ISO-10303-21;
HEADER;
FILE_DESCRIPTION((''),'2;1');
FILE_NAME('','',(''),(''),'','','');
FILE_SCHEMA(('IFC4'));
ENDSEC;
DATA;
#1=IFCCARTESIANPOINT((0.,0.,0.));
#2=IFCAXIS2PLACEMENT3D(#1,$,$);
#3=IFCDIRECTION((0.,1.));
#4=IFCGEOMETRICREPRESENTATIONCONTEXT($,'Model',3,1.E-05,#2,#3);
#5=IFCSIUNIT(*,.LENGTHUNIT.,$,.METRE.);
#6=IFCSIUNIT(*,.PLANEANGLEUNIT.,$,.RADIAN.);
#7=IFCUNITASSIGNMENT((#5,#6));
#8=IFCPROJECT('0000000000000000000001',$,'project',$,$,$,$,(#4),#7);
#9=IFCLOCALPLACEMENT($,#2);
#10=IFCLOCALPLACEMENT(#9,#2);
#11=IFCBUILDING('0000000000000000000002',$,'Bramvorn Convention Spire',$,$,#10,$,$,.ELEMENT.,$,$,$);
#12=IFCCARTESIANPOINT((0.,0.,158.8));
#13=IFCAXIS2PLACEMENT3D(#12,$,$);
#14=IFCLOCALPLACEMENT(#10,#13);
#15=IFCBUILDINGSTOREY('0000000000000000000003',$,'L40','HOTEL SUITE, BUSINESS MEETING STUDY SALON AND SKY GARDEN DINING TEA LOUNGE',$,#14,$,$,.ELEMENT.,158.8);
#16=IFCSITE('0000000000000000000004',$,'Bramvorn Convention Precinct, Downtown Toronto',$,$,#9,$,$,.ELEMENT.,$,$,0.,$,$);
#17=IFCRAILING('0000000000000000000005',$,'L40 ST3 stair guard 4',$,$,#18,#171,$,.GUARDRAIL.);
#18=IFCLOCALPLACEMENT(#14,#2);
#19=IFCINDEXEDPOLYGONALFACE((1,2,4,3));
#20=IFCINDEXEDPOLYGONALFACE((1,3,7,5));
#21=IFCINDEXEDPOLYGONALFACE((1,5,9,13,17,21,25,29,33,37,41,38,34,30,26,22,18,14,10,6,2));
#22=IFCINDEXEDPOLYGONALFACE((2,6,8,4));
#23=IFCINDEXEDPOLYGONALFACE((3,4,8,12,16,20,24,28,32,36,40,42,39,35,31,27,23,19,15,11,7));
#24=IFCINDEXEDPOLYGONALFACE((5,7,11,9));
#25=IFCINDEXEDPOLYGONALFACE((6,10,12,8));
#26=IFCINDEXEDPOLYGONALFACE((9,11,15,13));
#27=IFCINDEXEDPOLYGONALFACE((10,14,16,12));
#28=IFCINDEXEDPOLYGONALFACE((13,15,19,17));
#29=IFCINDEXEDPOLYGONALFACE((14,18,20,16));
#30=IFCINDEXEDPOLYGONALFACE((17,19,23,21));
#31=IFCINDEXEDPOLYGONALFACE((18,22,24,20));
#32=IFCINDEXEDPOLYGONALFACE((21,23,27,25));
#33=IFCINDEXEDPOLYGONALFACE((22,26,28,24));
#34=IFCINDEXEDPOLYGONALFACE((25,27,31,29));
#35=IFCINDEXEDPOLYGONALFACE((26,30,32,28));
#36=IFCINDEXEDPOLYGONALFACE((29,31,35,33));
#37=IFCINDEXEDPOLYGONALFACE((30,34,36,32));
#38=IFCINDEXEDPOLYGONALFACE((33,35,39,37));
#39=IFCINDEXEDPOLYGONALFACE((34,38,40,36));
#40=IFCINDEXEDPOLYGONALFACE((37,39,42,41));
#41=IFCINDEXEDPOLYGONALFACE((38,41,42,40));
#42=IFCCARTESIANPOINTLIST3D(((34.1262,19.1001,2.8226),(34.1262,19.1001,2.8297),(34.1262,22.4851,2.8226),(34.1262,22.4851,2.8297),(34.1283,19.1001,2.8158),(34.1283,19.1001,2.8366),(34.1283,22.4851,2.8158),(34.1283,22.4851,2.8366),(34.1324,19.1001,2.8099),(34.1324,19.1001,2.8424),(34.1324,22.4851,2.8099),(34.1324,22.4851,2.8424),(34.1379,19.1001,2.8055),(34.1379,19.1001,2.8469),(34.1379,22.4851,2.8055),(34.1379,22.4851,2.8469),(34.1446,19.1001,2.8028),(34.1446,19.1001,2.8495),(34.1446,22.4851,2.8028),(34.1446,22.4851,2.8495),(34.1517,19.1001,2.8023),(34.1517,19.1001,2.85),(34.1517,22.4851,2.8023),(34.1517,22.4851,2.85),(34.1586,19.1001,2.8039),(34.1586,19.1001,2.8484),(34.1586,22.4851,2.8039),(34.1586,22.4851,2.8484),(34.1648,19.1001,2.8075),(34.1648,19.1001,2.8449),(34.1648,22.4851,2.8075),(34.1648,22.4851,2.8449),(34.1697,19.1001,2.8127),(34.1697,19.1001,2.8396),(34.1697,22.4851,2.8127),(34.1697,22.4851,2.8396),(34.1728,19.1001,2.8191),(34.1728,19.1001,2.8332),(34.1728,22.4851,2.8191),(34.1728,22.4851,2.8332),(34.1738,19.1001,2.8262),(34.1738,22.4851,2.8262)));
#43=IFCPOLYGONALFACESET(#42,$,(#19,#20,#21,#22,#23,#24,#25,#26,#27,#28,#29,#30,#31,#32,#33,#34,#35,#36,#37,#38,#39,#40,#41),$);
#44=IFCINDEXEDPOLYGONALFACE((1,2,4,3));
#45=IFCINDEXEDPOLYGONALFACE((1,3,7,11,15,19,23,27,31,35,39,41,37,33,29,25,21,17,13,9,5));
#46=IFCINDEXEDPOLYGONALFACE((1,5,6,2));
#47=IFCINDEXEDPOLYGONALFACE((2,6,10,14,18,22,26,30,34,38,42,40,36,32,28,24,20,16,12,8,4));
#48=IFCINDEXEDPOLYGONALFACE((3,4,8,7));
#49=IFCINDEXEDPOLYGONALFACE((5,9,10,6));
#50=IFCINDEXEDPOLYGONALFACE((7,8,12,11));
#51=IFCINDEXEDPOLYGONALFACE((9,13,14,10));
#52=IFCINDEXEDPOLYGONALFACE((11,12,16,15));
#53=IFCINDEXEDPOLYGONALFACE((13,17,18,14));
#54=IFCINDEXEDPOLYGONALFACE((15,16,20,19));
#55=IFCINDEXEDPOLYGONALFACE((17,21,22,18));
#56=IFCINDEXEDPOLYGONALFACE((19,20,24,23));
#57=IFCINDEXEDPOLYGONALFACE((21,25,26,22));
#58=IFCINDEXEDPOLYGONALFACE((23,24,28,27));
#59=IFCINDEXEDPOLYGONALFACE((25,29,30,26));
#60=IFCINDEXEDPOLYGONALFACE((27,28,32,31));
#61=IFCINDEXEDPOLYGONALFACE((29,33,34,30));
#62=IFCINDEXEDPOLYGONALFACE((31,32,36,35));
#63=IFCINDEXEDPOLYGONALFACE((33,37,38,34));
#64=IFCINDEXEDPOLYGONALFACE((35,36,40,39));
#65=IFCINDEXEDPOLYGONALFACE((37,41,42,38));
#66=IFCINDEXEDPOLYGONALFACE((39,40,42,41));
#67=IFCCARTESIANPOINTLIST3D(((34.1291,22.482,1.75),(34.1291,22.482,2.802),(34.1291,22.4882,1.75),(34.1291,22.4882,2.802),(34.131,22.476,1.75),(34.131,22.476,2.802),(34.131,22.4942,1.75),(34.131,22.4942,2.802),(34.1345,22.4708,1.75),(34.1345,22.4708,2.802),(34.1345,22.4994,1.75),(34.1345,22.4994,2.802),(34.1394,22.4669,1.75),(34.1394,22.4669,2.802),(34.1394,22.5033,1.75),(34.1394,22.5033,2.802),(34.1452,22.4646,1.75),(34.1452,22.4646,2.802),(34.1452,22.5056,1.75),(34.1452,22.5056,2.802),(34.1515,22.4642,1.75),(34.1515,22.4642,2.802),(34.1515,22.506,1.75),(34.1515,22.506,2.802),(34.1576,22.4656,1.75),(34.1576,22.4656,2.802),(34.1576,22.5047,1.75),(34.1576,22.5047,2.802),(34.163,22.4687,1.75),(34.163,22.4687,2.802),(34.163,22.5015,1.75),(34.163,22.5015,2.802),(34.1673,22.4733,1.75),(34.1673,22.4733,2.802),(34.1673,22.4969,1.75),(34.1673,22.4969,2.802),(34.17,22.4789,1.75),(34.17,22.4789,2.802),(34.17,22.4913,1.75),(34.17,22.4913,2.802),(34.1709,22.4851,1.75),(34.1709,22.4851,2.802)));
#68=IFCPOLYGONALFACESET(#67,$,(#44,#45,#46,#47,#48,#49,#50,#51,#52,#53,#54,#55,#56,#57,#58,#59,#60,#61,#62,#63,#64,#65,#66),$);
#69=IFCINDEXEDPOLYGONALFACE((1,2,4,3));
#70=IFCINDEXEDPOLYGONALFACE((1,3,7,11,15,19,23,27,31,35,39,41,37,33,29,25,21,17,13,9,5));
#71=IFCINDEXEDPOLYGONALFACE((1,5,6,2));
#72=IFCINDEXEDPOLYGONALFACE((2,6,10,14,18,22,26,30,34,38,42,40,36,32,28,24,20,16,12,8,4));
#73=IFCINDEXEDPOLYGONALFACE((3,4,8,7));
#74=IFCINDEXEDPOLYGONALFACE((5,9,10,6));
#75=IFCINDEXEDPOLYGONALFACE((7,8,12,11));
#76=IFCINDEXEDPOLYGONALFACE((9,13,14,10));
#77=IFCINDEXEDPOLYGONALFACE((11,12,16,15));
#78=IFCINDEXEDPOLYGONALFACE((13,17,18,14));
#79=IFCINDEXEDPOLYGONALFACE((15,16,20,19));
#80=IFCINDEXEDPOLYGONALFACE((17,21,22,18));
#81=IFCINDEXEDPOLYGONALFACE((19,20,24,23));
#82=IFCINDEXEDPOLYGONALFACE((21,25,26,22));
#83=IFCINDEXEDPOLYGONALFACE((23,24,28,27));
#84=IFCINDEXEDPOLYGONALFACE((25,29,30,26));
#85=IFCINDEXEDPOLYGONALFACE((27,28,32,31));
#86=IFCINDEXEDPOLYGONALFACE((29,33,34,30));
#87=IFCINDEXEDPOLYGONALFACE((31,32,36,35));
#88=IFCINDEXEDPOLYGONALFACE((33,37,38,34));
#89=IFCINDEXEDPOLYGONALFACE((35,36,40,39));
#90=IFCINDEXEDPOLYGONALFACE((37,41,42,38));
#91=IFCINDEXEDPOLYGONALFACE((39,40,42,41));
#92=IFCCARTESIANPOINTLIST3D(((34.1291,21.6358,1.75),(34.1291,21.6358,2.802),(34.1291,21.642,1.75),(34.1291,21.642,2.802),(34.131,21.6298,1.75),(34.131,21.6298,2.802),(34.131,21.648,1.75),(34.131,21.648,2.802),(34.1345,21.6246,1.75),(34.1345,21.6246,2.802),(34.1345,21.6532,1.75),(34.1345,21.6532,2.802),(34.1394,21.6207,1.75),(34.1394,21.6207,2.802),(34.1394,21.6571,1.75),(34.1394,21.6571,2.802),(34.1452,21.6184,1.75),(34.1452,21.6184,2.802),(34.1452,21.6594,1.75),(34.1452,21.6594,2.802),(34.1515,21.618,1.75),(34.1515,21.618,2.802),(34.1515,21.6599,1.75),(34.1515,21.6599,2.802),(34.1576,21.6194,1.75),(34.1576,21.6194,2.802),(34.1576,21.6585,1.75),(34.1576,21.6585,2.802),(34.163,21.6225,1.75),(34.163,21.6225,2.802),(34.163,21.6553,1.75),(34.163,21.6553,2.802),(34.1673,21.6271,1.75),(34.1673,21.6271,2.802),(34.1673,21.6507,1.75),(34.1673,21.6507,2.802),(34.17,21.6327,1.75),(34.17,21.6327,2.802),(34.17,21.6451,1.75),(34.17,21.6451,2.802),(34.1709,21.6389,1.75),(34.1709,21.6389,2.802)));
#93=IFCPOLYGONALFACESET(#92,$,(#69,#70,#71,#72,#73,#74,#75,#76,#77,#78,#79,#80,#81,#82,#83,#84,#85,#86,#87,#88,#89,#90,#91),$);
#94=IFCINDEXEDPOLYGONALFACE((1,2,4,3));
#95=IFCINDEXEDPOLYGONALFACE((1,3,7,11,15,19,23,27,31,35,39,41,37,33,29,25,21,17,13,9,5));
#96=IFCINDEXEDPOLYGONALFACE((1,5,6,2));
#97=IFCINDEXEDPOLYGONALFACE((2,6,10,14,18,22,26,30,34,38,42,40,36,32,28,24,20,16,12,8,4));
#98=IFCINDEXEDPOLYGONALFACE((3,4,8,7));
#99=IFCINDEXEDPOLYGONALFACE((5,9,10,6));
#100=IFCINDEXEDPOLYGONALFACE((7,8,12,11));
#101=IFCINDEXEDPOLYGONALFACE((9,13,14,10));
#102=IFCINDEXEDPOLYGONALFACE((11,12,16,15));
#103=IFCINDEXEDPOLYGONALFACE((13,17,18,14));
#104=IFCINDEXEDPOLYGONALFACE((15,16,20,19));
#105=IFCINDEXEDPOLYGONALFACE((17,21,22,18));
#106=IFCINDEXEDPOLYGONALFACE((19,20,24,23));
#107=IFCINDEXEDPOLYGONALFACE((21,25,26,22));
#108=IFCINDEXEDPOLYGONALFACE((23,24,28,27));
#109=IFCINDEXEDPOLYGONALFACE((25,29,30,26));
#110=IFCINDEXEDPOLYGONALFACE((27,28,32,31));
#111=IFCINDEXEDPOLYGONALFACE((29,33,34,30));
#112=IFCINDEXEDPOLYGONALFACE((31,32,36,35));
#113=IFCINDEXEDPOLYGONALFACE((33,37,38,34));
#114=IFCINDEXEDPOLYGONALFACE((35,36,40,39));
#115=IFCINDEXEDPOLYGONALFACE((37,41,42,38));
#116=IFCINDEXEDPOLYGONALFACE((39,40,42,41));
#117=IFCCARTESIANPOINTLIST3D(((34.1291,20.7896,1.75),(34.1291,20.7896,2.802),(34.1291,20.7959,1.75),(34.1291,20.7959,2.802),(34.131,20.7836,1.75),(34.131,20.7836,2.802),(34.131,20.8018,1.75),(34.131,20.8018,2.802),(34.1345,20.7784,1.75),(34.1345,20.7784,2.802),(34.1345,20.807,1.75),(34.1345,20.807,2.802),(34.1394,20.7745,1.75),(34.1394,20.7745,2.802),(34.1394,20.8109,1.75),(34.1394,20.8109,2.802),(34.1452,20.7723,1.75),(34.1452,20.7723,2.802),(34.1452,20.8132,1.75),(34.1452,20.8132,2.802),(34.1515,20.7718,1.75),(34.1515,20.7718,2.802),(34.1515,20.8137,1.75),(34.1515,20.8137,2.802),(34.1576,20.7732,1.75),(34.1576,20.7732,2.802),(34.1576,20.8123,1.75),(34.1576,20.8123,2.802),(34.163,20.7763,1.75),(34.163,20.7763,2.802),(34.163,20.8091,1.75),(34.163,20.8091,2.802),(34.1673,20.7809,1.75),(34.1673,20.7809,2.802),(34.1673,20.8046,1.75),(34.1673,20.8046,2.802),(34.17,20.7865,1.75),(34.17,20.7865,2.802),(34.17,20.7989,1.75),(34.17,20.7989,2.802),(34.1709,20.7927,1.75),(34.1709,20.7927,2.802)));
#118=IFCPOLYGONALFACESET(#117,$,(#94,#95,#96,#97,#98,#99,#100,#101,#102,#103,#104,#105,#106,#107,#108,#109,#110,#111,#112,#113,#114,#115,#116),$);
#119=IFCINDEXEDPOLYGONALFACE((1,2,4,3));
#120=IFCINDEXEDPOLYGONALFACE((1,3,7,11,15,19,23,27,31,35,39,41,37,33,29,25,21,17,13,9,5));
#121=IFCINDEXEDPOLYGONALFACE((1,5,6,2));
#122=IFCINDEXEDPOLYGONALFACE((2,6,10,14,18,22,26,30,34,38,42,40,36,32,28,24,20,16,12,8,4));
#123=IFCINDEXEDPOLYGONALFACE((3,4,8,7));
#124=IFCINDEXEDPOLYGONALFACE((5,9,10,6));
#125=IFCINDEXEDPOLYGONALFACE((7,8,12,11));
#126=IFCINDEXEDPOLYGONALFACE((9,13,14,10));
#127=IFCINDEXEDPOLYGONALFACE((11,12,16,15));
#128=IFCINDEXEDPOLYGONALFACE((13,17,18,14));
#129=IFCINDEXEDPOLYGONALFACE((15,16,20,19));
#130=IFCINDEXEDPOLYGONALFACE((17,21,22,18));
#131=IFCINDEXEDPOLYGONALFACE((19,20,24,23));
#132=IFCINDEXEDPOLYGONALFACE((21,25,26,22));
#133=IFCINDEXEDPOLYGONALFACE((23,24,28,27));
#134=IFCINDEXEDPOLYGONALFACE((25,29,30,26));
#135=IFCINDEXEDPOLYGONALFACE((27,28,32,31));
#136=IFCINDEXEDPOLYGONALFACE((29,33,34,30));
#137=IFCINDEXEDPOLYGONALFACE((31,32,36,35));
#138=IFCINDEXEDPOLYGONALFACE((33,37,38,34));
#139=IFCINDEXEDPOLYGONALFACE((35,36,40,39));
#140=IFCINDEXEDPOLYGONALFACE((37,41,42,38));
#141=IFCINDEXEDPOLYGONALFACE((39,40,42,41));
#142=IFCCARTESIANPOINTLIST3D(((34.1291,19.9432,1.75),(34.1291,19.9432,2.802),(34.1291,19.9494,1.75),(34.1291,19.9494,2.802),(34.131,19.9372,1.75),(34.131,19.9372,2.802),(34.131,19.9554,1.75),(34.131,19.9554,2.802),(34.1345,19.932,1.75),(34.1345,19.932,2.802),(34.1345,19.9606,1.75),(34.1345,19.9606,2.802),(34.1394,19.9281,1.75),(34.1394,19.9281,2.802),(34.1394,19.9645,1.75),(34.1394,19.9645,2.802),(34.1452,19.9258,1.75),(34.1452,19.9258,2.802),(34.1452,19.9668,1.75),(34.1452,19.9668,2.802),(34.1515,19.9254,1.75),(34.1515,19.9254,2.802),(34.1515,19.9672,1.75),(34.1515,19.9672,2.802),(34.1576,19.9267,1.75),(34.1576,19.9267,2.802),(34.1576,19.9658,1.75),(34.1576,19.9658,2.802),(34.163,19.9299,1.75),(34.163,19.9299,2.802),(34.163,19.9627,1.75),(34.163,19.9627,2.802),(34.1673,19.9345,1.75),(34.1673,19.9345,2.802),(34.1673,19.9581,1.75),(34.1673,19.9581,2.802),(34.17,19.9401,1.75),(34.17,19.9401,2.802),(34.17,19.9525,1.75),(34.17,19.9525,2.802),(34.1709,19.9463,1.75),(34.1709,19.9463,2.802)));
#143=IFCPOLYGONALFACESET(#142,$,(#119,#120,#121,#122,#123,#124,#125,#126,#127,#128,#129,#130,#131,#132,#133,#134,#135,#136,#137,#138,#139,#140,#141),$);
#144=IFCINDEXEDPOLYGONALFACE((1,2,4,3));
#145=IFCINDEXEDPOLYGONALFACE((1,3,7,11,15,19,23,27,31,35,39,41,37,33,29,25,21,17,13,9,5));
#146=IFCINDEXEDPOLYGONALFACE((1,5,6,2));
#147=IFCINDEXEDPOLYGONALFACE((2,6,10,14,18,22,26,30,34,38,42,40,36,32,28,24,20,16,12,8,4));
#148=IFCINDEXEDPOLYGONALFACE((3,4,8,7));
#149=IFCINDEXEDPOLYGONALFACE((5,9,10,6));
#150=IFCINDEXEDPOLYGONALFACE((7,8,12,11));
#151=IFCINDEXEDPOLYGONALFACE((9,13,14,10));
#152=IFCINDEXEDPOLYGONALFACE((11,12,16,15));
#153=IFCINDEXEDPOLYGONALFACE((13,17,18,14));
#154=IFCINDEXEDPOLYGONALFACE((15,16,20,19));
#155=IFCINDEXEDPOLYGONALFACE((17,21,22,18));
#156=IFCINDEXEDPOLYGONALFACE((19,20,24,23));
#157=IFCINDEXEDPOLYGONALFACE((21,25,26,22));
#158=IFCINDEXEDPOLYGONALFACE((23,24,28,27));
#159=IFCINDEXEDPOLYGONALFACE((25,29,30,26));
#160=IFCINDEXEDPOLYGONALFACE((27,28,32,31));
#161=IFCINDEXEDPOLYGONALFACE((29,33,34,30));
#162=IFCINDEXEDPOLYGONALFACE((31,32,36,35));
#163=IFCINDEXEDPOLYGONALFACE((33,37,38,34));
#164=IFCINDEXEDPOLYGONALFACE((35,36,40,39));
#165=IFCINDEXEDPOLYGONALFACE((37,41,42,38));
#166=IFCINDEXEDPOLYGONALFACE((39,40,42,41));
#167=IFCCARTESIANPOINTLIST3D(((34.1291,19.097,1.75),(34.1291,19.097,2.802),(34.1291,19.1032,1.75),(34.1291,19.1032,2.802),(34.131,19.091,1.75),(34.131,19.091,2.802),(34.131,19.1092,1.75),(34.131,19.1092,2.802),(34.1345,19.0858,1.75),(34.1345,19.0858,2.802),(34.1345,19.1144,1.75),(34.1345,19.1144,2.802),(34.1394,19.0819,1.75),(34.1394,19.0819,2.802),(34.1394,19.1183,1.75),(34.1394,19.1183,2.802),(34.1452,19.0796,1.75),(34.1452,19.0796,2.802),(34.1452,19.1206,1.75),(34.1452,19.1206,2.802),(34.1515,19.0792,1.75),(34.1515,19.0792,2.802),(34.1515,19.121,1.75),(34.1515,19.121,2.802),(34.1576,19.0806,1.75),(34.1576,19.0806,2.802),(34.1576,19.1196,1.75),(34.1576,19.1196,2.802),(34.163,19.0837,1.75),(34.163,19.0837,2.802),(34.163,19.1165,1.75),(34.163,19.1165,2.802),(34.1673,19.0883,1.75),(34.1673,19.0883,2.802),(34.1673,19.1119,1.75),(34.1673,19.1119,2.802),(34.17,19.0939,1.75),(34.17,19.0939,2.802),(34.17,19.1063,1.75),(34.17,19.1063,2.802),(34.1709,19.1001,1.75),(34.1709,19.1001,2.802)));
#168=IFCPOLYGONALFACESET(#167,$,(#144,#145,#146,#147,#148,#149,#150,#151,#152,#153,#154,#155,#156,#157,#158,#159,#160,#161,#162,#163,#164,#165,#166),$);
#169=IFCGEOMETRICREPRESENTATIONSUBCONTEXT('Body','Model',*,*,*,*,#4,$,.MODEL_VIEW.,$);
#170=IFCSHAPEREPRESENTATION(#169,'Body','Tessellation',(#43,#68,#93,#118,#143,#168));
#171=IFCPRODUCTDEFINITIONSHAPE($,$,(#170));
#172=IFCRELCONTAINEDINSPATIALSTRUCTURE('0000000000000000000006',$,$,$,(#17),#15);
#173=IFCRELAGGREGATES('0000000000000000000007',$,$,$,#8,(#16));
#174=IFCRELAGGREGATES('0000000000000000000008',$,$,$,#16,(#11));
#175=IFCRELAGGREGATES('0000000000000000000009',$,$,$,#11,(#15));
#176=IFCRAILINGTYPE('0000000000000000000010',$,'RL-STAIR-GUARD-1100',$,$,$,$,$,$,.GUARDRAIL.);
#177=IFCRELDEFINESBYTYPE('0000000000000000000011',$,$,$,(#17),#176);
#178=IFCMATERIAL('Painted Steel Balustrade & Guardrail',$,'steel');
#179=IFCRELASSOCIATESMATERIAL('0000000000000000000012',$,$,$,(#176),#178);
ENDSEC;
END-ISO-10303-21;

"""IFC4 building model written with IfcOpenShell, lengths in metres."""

from ifc_helpers import new_model, si_unit, direction, frame, origin, origin_2d, place, context, subcontext, project, spatial, circle, extrude, material, type_object, element, save


model = new_model("IFC4")

# Units and contexts
model_context = context("Model", 3, precision=1e-05, world=origin(), true_north=direction((0.0, 1.0)))
body_context = subcontext(model_context, "Body", "Model", "MODEL_VIEW")
ifc_project = project(units=[si_unit("LENGTHUNIT", "METRE"), si_unit("PLANEANGLEUNIT", "RADIAN")], contexts=[model_context])

# Site, building, storey
site_placement = place(None, origin())
site = spatial("IfcSite", under=ifc_project, at=site_placement, Name="Bramvorn Convention Precinct, Downtown Toronto", CompositionType="ELEMENT", RefElevation=0.0)
building_placement = place(site_placement, origin())
building = spatial("IfcBuilding", under=site, at=building_placement, Name="Bramvorn Convention Spire", CompositionType="ELEMENT")
storey_placement = place(building_placement, frame((0.0, 0.0, 158.8)))
storey = spatial("IfcBuildingStorey", under=building, at=storey_placement, Name="L40", Description="HOTEL SUITE, BUSINESS MEETING STUDY SALON AND SKY GARDEN DINING TEA LOUNGE", CompositionType="ELEMENT", Elevation=158.8)

# Railing
ifc_material_1 = material(Name="Painted Steel Balustrade & Guardrail", Category="steel")
railing_type_1 = type_object("IfcRailingType", Name="RL-STAIR-GUARD-1100", PredefinedType="GUARDRAIL", material=ifc_material_1)
railing_1_placement = place(storey_placement, frame((34.1499, 22.4851, 1.75)))
element("IfcRailing", 1, at=railing_1_placement, inside=storey, type_object=railing_type_1, Name="L40 ST3 stair guard 4", PredefinedType="GUARDRAIL", context=body_context, shape_type="SweptSolid", body=[
    extrude(circle(Radius=0.0239, at=origin_2d()), frame((0.0, 0.0, 1.0762), z_axis=(0.0, -1.0, 0.0), x_axis=(1.0, 0.0, 0.0)), (0.0, 0.0, 1.0), 3.385),
    extrude(circle(Radius=0.021, at=origin_2d()), origin(), (0.0, 0.0, 1.0), 1.052),
    extrude(circle(Radius=0.021, at=origin_2d()), frame((0.0, -0.8462, 0.0)), (0.0, 0.0, 1.0), 1.052),
    extrude(circle(Radius=0.021, at=origin_2d()), frame((0.0, -1.6924, 0.0)), (0.0, 0.0, 1.0), 1.052),
    extrude(circle(Radius=0.021, at=origin_2d()), frame((0.0, -2.5388, 0.0)), (0.0, 0.0, 1.0), 1.052),
    extrude(circle(Radius=0.021, at=origin_2d()), frame((0.0, -3.385, 0.0)), (0.0, 0.0, 1.0), 1.052),
])

save(model, "model.ifc")
